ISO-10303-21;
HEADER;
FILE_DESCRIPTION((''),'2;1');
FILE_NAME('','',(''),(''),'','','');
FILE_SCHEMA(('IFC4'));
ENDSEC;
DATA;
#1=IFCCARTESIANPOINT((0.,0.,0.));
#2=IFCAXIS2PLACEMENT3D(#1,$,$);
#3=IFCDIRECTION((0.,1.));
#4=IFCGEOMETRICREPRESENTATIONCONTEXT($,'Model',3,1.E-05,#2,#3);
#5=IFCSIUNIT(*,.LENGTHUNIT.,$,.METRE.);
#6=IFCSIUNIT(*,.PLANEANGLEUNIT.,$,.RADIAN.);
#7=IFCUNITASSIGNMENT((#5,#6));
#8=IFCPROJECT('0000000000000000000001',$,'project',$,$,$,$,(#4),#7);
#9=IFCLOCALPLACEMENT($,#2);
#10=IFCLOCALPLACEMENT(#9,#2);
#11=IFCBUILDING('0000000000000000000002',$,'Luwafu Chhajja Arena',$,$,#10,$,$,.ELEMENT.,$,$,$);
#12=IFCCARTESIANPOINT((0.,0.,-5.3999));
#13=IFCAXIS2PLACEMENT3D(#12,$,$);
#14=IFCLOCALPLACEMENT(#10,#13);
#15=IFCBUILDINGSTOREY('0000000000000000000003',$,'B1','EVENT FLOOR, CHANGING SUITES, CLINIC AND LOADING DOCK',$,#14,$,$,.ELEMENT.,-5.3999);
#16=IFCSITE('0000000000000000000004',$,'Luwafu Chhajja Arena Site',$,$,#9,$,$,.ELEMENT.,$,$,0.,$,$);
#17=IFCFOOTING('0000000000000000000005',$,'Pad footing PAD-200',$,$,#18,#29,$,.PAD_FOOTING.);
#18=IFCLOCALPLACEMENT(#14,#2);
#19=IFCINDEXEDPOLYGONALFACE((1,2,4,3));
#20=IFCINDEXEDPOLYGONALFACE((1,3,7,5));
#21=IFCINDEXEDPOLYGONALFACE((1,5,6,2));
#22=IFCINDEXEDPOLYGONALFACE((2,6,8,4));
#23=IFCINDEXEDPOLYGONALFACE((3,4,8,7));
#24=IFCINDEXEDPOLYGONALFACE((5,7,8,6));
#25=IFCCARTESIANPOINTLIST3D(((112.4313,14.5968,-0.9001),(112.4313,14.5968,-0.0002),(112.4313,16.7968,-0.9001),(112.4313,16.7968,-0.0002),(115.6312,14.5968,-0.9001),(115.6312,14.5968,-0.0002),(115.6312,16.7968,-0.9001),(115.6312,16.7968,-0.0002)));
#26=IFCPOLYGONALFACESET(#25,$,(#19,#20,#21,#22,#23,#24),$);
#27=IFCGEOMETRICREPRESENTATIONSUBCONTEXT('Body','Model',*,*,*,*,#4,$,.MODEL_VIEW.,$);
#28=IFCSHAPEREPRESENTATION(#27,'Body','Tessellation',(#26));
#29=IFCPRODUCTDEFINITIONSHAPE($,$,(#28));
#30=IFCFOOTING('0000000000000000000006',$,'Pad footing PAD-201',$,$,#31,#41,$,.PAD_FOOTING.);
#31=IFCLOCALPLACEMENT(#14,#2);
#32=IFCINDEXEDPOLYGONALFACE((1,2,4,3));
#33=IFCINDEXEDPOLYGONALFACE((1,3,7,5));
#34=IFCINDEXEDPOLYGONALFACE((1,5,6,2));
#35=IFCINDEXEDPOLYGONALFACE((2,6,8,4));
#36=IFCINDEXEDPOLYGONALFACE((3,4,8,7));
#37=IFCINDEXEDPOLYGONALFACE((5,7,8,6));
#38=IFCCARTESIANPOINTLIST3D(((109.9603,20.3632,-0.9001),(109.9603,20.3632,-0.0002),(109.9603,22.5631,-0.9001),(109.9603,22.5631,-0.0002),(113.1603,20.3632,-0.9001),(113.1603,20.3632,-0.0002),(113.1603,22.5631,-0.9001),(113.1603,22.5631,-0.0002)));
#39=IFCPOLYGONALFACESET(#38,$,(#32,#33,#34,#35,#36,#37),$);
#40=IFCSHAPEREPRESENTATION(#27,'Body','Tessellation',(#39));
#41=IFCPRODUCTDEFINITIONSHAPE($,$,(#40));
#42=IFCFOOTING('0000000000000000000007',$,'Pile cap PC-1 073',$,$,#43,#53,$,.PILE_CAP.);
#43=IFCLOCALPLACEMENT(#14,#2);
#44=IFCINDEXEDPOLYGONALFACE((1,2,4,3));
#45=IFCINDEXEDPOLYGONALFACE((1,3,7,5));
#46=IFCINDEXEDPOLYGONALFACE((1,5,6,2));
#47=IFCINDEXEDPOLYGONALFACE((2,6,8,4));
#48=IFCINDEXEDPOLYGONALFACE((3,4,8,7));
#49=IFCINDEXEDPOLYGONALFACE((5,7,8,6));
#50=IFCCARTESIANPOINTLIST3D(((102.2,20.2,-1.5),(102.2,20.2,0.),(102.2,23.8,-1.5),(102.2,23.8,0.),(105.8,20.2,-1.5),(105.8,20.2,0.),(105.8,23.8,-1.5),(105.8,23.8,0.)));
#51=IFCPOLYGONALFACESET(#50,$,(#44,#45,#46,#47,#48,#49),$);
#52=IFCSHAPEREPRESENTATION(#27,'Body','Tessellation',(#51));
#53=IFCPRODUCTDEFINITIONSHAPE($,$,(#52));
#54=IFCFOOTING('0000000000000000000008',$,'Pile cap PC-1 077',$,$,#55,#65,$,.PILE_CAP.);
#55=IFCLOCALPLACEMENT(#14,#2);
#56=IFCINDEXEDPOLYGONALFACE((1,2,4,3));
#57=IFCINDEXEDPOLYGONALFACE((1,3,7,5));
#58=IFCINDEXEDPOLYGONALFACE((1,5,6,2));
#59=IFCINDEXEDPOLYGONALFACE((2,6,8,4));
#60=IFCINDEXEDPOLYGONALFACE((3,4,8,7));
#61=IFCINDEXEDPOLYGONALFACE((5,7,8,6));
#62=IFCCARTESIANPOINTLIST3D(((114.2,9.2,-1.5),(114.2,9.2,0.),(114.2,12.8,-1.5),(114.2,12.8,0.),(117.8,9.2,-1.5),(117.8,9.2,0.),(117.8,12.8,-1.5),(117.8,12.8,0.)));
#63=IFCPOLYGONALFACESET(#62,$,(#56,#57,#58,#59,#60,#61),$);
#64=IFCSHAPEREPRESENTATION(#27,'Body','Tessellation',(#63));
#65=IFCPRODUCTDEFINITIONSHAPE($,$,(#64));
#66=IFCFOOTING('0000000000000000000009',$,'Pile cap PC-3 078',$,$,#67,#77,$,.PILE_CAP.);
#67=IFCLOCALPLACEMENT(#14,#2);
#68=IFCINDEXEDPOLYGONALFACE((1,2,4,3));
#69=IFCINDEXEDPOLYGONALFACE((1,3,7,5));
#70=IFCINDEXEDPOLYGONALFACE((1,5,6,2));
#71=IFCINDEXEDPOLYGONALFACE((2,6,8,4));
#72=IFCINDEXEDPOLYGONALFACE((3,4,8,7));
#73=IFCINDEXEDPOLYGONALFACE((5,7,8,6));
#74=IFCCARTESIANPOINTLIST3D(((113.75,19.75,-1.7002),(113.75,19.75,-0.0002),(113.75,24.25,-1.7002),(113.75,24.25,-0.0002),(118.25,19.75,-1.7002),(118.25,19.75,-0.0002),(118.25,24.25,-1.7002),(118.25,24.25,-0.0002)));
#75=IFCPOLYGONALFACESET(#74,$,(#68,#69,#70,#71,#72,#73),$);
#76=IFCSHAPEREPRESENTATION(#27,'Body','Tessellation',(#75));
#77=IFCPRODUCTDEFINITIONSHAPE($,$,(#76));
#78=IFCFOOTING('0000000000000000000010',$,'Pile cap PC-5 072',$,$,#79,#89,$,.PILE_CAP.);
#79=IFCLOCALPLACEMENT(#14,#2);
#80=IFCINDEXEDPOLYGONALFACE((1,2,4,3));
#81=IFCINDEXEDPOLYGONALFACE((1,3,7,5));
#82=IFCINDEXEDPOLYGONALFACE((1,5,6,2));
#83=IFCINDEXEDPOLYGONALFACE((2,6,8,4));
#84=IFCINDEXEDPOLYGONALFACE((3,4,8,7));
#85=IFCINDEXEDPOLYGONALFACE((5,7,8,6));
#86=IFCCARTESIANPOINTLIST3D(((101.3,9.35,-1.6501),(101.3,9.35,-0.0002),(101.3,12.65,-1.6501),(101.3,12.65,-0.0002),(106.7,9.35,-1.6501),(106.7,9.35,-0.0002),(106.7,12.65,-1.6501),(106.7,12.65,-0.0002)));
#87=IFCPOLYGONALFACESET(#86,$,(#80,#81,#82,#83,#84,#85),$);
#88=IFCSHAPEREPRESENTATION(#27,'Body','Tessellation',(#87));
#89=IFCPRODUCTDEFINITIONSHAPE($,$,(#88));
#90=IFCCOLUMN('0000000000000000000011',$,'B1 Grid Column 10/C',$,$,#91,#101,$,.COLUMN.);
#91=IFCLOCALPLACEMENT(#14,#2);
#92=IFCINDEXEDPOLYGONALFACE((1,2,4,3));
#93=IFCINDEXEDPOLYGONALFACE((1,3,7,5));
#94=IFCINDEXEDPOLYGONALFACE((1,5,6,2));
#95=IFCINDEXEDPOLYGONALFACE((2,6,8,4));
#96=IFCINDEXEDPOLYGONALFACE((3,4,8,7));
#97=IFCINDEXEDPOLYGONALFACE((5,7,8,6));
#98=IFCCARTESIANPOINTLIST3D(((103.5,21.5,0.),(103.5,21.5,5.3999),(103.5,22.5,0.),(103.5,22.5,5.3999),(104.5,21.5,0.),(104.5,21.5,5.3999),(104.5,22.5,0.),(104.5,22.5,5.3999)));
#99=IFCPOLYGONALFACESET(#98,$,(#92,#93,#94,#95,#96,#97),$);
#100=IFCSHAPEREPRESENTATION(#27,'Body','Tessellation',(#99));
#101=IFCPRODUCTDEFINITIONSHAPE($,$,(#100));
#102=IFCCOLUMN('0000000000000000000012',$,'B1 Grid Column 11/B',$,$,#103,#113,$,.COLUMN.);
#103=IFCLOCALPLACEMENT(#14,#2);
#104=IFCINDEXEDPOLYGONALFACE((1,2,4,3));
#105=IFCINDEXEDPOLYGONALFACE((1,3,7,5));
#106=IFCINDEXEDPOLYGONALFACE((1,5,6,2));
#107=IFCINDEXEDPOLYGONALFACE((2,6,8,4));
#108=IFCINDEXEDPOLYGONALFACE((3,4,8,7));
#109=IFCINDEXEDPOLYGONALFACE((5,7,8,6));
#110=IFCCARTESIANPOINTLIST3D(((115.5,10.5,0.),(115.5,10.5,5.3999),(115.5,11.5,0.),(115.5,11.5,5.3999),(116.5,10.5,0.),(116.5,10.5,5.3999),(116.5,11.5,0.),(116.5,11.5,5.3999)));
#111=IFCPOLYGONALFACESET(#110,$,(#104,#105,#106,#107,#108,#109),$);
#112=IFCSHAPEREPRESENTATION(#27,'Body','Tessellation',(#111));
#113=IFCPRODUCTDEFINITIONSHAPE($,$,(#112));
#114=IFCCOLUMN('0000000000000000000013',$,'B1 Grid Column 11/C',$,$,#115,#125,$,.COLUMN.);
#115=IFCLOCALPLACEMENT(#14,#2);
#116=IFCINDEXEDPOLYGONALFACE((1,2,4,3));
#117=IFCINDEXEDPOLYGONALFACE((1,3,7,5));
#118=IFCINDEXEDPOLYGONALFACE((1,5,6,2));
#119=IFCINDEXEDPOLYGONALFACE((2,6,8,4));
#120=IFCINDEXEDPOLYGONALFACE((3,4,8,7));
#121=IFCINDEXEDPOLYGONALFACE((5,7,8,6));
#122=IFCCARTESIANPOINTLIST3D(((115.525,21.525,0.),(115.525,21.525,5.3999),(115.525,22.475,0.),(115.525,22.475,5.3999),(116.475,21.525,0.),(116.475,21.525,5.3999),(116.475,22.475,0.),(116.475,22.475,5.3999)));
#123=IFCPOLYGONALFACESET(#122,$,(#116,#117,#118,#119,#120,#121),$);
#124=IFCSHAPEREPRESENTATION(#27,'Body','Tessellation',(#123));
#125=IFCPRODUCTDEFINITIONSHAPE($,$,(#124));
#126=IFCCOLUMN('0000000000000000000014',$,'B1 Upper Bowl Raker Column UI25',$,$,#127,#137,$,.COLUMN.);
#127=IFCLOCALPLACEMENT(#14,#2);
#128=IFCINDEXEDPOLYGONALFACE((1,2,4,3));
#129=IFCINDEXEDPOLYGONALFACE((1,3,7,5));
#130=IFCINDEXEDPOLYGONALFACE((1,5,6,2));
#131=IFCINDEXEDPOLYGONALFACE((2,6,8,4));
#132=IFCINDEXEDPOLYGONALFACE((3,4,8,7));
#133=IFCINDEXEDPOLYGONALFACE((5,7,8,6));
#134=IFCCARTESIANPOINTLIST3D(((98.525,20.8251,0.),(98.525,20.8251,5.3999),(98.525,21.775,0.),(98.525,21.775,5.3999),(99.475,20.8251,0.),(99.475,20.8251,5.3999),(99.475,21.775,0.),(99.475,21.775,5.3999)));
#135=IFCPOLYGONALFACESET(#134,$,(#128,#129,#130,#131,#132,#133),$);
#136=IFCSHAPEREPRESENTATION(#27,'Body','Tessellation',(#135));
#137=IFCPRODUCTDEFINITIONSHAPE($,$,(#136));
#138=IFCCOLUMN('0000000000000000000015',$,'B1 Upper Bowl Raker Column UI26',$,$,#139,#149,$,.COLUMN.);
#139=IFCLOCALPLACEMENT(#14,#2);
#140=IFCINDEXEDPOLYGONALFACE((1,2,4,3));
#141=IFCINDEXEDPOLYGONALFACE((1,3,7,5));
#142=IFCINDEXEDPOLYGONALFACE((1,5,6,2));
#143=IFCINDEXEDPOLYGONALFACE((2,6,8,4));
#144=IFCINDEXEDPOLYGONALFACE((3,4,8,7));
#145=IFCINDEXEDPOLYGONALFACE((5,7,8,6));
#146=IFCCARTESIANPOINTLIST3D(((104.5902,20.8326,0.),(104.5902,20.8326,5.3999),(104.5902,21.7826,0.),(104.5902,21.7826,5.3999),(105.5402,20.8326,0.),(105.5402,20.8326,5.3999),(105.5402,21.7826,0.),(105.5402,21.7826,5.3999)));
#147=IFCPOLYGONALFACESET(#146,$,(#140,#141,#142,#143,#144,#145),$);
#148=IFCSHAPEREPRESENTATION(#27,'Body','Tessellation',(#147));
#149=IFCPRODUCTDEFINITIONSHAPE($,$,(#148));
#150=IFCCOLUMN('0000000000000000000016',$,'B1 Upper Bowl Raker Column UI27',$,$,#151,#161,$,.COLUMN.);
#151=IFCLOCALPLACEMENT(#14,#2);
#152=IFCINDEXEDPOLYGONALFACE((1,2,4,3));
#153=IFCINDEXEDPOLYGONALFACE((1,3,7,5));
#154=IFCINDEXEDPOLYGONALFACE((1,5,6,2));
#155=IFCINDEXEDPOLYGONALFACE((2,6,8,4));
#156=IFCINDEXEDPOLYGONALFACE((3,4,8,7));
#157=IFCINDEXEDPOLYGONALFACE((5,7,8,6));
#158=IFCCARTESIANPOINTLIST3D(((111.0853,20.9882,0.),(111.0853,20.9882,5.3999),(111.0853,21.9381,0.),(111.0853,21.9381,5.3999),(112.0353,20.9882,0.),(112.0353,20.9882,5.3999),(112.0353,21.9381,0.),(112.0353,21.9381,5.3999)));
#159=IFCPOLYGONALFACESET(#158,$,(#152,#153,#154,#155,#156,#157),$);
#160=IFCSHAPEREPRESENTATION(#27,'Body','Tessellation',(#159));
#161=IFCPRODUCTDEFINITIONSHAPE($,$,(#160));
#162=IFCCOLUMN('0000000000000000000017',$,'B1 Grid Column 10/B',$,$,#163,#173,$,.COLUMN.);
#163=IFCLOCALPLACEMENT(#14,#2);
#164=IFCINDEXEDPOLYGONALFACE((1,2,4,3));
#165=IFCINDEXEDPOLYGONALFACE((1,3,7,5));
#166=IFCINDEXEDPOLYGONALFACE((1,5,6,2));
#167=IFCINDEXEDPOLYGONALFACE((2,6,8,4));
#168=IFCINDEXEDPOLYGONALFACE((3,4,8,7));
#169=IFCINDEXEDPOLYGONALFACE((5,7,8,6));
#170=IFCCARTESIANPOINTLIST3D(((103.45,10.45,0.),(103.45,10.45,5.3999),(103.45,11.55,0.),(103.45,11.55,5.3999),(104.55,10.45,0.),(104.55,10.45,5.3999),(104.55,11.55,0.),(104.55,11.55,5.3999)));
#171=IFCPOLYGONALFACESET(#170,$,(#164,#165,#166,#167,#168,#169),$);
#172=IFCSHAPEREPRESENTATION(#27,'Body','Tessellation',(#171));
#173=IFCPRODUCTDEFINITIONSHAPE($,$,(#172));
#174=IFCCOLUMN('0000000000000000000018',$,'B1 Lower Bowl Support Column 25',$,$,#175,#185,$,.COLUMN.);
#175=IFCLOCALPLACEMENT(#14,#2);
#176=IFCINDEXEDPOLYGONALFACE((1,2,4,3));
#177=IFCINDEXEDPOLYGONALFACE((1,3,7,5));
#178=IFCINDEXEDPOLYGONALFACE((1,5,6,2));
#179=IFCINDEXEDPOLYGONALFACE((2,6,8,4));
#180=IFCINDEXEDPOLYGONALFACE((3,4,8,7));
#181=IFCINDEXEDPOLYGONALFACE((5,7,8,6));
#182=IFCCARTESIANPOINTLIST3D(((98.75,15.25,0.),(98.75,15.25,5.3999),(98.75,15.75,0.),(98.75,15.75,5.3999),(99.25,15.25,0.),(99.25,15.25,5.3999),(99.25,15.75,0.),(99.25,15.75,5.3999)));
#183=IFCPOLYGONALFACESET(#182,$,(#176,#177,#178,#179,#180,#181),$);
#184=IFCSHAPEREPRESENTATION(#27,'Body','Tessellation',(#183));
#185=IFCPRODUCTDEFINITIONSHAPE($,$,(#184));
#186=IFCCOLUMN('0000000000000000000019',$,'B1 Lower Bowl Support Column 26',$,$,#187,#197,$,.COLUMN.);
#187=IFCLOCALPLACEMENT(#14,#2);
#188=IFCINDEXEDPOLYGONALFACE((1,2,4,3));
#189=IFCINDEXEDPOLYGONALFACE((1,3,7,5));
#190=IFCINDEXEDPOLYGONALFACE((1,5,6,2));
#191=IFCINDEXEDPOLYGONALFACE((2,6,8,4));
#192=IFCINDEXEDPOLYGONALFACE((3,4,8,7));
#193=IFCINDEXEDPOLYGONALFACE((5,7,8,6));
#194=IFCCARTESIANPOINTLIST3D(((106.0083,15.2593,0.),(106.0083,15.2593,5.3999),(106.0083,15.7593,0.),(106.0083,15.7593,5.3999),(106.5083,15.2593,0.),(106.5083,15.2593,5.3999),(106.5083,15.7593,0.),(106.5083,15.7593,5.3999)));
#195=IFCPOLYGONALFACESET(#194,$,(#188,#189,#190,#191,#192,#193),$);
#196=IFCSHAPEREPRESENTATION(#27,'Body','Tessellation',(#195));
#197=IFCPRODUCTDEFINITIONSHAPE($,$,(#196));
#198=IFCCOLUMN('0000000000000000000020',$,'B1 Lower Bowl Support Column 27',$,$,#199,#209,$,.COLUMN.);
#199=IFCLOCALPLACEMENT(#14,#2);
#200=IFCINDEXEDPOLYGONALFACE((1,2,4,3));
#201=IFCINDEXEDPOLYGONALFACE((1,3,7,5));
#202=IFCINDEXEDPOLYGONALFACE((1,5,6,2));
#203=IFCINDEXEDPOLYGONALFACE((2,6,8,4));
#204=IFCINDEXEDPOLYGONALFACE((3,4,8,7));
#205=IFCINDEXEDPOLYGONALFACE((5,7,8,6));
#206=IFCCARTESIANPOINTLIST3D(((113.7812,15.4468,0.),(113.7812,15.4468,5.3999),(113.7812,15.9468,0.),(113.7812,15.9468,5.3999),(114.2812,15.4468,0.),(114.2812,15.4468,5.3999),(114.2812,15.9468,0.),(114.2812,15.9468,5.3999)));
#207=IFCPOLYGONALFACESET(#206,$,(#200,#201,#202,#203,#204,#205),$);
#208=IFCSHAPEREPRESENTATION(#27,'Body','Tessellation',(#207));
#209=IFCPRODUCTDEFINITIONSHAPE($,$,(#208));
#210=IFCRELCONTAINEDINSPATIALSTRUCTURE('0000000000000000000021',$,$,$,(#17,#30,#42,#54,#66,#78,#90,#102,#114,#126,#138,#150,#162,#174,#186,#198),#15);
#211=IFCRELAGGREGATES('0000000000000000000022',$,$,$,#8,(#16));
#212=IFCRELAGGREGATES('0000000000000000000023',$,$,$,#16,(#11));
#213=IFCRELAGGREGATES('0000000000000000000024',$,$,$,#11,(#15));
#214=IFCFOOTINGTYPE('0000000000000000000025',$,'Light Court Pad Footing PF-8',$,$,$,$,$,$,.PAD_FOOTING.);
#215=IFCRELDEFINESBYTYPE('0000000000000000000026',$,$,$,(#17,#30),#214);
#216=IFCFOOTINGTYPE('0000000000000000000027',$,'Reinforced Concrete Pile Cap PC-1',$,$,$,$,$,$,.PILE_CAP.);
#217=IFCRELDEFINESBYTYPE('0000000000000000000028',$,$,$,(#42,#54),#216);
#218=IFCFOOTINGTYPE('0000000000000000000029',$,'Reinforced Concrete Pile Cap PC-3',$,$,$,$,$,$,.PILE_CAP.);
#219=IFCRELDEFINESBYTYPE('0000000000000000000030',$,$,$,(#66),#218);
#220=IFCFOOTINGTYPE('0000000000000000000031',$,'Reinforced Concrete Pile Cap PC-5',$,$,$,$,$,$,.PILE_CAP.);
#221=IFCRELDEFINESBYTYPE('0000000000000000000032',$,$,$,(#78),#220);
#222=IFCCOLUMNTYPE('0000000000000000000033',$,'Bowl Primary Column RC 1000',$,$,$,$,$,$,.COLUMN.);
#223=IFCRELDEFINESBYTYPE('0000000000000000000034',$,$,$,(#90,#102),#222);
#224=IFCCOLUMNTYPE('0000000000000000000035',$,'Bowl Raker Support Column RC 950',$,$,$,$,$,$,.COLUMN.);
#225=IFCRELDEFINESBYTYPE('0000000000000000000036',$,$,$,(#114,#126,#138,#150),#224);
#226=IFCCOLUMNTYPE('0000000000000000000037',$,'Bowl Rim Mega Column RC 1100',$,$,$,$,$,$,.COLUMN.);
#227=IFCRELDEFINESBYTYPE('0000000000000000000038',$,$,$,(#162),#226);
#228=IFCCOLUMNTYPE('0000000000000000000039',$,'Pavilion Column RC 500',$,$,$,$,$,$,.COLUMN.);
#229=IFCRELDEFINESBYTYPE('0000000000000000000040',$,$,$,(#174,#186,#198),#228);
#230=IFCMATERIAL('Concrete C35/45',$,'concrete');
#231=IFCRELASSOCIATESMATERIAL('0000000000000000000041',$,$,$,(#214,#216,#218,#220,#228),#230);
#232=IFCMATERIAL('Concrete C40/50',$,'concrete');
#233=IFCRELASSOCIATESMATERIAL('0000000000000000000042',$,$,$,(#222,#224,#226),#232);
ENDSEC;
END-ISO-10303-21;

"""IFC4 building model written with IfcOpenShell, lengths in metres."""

from ifc_helpers import new_model, si_unit, direction, frame, origin, origin_2d, place, context, subcontext, project, spatial, rectangle, extrude, material, material_profile, profile_set, type_object, element, save


model = new_model("IFC4")

# Units and contexts
model_context = context("Model", 3, precision=1e-05, world=origin(), true_north=direction((0.0, 1.0)))
body_context = subcontext(model_context, "Body", "Model", "MODEL_VIEW")
ifc_project = project(units=[si_unit("LENGTHUNIT", "METRE"), si_unit("PLANEANGLEUNIT", "RADIAN")], contexts=[model_context])

# Site, building, storey
site_placement = place(None, origin())
site = spatial("IfcSite", under=ifc_project, at=site_placement, Name="Luwafu Chhajja Arena Site", CompositionType="ELEMENT", RefElevation=0.0)
building_placement = place(site_placement, origin())
building = spatial("IfcBuilding", under=site, at=building_placement, Name="Luwafu Chhajja Arena", CompositionType="ELEMENT")
storey_placement = place(building_placement, frame((0.0, 0.0, -5.3999)))
storey = spatial("IfcBuildingStorey", under=building, at=storey_placement, Name="B1", Description="EVENT FLOOR, CHANGING SUITES, CLINIC AND LOADING DOCK", CompositionType="ELEMENT", Elevation=-5.3999)

# Shared definitions
ifc_material_1 = material(Name="Concrete C35/45", Category="concrete")

# Footings
footing_type_1 = type_object("IfcFootingType", Name="Light Court Pad Footing PF-8", PredefinedType="PAD_FOOTING", material=ifc_material_1)
for number, where, z_axis, x_axis, name in (
    (1, (114.0312, 15.6968, -0.9001), (0.0, 0.0, 1.0), (1.0, 0.0, 0.0), "Pad footing PAD-200"),
    (2, (111.5603, 21.4631, -0.9001), (0.0, 0.0, 1.0), (1.0, 0.0, 0.0), "Pad footing PAD-201"),
):
    element("IfcFooting", number, at=place(storey_placement, frame(where, z_axis=z_axis, x_axis=x_axis)), inside=storey, type_object=footing_type_1, Name=name, PredefinedType="PAD_FOOTING", context=body_context, shape_type="SweptSolid", body=[
        extrude(rectangle(XDim=3.2, YDim=2.2, at=origin_2d()), origin(), (0.0, 0.0, 1.0), 0.8999),
    ])
footing_type_2 = type_object("IfcFootingType", Name="Reinforced Concrete Pile Cap PC-1", PredefinedType="PILE_CAP", material=ifc_material_1)
for number, where, z_axis, x_axis, name in (
    (3, (104.0, 22.0, -1.5), (0.0, 0.0, 1.0), (1.0, 0.0, 0.0), "Pile cap PC-1 073"),
    (4, (116.0, 11.0, -1.5), (0.0, 0.0, 1.0), (1.0, 0.0, 0.0), "Pile cap PC-1 077"),
):
    element("IfcFooting", number, at=place(storey_placement, frame(where, z_axis=z_axis, x_axis=x_axis)), inside=storey, type_object=footing_type_2, Name=name, PredefinedType="PILE_CAP", context=body_context, shape_type="SweptSolid", body=[
        extrude(rectangle(XDim=3.6001, YDim=3.6001, at=origin_2d()), origin(), (0.0, 0.0, 1.0), 1.5),
    ])
footing_type_3 = type_object("IfcFootingType", Name="Reinforced Concrete Pile Cap PC-3", PredefinedType="PILE_CAP", material=ifc_material_1)
footing_1_placement = place(storey_placement, frame((116.0, 22.0, -1.7002), z_axis=(0.0, 0.0, 1.0), x_axis=(1.0, 0.0, 0.0)))
element("IfcFooting", 5, at=footing_1_placement, inside=storey, type_object=footing_type_3, Name="Pile cap PC-3 078", PredefinedType="PILE_CAP", context=body_context, shape_type="SweptSolid", body=[
    extrude(rectangle(XDim=4.5, YDim=4.5, at=origin_2d()), origin(), (0.0, 0.0, 1.0), 1.7),
])
footing_type_4 = type_object("IfcFootingType", Name="Reinforced Concrete Pile Cap PC-5", PredefinedType="PILE_CAP", material=ifc_material_1)
footing_2_placement = place(storey_placement, frame((104.0, 11.0, -1.6501), z_axis=(0.0, 0.0, 1.0), x_axis=(1.0, 0.0, 0.0)))
element("IfcFooting", 6, at=footing_2_placement, inside=storey, type_object=footing_type_4, Name="Pile cap PC-5 072", PredefinedType="PILE_CAP", context=body_context, shape_type="SweptSolid", body=[
    extrude(rectangle(XDim=5.3999, YDim=3.3, at=origin_2d()), origin(), (0.0, 0.0, 1.0), 1.6499),
])

# Columns
ifc_material_2 = material(Name="Concrete C40/50", Category="concrete")
ifc_material_profile_1 = material_profile(ifc_material_2, rectangle(XDim=1.0, YDim=1.0, at=origin_2d()), Name="RC 1000x1000")
ifc_profile_set_1 = profile_set([ifc_material_profile_1], Name="Concrete C40/50")
column_type_1 = type_object("IfcColumnType", Name="Bowl Primary Column RC 1000", PredefinedType="COLUMN", material=ifc_profile_set_1)
for number, where, z_axis, x_axis, name in (
    (7, (104.0, 22.0, 0.0), (0.0, 0.0, 1.0), (1.0, 0.0, 0.0), "B1 Grid Column 10/C"),
    (8, (116.0, 11.0, 0.0), (0.0, 0.0, 1.0), (1.0, 0.0, 0.0), "B1 Grid Column 11/B"),
):
    element("IfcColumn", number, at=place(storey_placement, frame(where, z_axis=z_axis, x_axis=x_axis)), inside=storey, type_object=column_type_1, Name=name, PredefinedType="COLUMN", context=body_context, shape_type="SweptSolid", body=[
        extrude(rectangle(XDim=1.0, YDim=1.0, at=origin_2d()), origin(), (0.0, 0.0, 1.0), 5.3999),
    ])
ifc_material_profile_2 = material_profile(ifc_material_2, rectangle(XDim=0.95, YDim=0.95, at=origin_2d()), Name="RC 950x950")
ifc_profile_set_2 = profile_set([ifc_material_profile_2], Name="Concrete C40/50")
column_type_2 = type_object("IfcColumnType", Name="Bowl Raker Support Column RC 950", PredefinedType="COLUMN", material=ifc_profile_set_2)
for number, where, z_axis, x_axis, name in (
    (9, (116.0, 22.0, 0.0), (0.0, 0.0, 1.0), (1.0, 0.0, 0.0), "B1 Grid Column 11/C"),
    (10, (99.0, 21.3, 0.0), (0.0, 0.0, 1.0), (1.0, 0.0, 0.0), "B1 Upper Bowl Raker Column UI25"),
    (11, (105.0652, 21.3076, 0.0), (0.0, 0.0, 1.0), (1.0, 0.0, 0.0), "B1 Upper Bowl Raker Column UI26"),
    (12, (111.5603, 21.4631, 0.0), (0.0, 0.0, 1.0), (1.0, 0.0, 0.0), "B1 Upper Bowl Raker Column UI27"),
):
    element("IfcColumn", number, at=place(storey_placement, frame(where, z_axis=z_axis, x_axis=x_axis)), inside=storey, type_object=column_type_2, Name=name, PredefinedType="COLUMN", context=body_context, shape_type="SweptSolid", body=[
        extrude(rectangle(XDim=0.95, YDim=0.95, at=origin_2d()), origin(), (0.0, 0.0, 1.0), 5.3999),
    ])
ifc_material_profile_3 = material_profile(ifc_material_2, rectangle(XDim=1.1001, YDim=1.1001, at=origin_2d()), Name="RC 1100x1100")
ifc_profile_set_3 = profile_set([ifc_material_profile_3], Name="Concrete C40/50")
column_type_3 = type_object("IfcColumnType", Name="Bowl Rim Mega Column RC 1100", PredefinedType="COLUMN", material=ifc_profile_set_3)
column_placement = place(storey_placement, frame((104.0, 11.0, 0.0), z_axis=(0.0, 0.0, 1.0), x_axis=(1.0, 0.0, 0.0)))
element("IfcColumn", 13, at=column_placement, inside=storey, type_object=column_type_3, Name="B1 Grid Column 10/B", PredefinedType="COLUMN", context=body_context, shape_type="SweptSolid", body=[
    extrude(rectangle(XDim=1.1001, YDim=1.1001, at=origin_2d()), origin(), (0.0, 0.0, 1.0), 5.3999),
])
ifc_material_profile_4 = material_profile(ifc_material_1, rectangle(XDim=0.5, YDim=0.5, at=origin_2d()), Name="RC 500x500")
ifc_profile_set_4 = profile_set([ifc_material_profile_4], Name="Concrete C35/45")
column_type_4 = type_object("IfcColumnType", Name="Pavilion Column RC 500", PredefinedType="COLUMN", material=ifc_profile_set_4)
for number, where, z_axis, x_axis, name in (
    (14, (99.0, 15.5, 0.0), (0.0, 0.0, 1.0), (1.0, 0.0, 0.0), "B1 Lower Bowl Support Column 25"),
    (15, (106.2583, 15.5093, 0.0), (0.0, 0.0, 1.0), (1.0, 0.0, 0.0), "B1 Lower Bowl Support Column 26"),
    (16, (114.0312, 15.6968, 0.0), (0.0, 0.0, 1.0), (1.0, 0.0, 0.0), "B1 Lower Bowl Support Column 27"),
):
    element("IfcColumn", number, at=place(storey_placement, frame(where, z_axis=z_axis, x_axis=x_axis)), inside=storey, type_object=column_type_4, Name=name, PredefinedType="COLUMN", context=body_context, shape_type="SweptSolid", body=[
        extrude(rectangle(XDim=0.5, YDim=0.5, at=origin_2d()), origin(), (0.0, 0.0, 1.0), 5.3999),
    ])

save(model, "model.ifc")
